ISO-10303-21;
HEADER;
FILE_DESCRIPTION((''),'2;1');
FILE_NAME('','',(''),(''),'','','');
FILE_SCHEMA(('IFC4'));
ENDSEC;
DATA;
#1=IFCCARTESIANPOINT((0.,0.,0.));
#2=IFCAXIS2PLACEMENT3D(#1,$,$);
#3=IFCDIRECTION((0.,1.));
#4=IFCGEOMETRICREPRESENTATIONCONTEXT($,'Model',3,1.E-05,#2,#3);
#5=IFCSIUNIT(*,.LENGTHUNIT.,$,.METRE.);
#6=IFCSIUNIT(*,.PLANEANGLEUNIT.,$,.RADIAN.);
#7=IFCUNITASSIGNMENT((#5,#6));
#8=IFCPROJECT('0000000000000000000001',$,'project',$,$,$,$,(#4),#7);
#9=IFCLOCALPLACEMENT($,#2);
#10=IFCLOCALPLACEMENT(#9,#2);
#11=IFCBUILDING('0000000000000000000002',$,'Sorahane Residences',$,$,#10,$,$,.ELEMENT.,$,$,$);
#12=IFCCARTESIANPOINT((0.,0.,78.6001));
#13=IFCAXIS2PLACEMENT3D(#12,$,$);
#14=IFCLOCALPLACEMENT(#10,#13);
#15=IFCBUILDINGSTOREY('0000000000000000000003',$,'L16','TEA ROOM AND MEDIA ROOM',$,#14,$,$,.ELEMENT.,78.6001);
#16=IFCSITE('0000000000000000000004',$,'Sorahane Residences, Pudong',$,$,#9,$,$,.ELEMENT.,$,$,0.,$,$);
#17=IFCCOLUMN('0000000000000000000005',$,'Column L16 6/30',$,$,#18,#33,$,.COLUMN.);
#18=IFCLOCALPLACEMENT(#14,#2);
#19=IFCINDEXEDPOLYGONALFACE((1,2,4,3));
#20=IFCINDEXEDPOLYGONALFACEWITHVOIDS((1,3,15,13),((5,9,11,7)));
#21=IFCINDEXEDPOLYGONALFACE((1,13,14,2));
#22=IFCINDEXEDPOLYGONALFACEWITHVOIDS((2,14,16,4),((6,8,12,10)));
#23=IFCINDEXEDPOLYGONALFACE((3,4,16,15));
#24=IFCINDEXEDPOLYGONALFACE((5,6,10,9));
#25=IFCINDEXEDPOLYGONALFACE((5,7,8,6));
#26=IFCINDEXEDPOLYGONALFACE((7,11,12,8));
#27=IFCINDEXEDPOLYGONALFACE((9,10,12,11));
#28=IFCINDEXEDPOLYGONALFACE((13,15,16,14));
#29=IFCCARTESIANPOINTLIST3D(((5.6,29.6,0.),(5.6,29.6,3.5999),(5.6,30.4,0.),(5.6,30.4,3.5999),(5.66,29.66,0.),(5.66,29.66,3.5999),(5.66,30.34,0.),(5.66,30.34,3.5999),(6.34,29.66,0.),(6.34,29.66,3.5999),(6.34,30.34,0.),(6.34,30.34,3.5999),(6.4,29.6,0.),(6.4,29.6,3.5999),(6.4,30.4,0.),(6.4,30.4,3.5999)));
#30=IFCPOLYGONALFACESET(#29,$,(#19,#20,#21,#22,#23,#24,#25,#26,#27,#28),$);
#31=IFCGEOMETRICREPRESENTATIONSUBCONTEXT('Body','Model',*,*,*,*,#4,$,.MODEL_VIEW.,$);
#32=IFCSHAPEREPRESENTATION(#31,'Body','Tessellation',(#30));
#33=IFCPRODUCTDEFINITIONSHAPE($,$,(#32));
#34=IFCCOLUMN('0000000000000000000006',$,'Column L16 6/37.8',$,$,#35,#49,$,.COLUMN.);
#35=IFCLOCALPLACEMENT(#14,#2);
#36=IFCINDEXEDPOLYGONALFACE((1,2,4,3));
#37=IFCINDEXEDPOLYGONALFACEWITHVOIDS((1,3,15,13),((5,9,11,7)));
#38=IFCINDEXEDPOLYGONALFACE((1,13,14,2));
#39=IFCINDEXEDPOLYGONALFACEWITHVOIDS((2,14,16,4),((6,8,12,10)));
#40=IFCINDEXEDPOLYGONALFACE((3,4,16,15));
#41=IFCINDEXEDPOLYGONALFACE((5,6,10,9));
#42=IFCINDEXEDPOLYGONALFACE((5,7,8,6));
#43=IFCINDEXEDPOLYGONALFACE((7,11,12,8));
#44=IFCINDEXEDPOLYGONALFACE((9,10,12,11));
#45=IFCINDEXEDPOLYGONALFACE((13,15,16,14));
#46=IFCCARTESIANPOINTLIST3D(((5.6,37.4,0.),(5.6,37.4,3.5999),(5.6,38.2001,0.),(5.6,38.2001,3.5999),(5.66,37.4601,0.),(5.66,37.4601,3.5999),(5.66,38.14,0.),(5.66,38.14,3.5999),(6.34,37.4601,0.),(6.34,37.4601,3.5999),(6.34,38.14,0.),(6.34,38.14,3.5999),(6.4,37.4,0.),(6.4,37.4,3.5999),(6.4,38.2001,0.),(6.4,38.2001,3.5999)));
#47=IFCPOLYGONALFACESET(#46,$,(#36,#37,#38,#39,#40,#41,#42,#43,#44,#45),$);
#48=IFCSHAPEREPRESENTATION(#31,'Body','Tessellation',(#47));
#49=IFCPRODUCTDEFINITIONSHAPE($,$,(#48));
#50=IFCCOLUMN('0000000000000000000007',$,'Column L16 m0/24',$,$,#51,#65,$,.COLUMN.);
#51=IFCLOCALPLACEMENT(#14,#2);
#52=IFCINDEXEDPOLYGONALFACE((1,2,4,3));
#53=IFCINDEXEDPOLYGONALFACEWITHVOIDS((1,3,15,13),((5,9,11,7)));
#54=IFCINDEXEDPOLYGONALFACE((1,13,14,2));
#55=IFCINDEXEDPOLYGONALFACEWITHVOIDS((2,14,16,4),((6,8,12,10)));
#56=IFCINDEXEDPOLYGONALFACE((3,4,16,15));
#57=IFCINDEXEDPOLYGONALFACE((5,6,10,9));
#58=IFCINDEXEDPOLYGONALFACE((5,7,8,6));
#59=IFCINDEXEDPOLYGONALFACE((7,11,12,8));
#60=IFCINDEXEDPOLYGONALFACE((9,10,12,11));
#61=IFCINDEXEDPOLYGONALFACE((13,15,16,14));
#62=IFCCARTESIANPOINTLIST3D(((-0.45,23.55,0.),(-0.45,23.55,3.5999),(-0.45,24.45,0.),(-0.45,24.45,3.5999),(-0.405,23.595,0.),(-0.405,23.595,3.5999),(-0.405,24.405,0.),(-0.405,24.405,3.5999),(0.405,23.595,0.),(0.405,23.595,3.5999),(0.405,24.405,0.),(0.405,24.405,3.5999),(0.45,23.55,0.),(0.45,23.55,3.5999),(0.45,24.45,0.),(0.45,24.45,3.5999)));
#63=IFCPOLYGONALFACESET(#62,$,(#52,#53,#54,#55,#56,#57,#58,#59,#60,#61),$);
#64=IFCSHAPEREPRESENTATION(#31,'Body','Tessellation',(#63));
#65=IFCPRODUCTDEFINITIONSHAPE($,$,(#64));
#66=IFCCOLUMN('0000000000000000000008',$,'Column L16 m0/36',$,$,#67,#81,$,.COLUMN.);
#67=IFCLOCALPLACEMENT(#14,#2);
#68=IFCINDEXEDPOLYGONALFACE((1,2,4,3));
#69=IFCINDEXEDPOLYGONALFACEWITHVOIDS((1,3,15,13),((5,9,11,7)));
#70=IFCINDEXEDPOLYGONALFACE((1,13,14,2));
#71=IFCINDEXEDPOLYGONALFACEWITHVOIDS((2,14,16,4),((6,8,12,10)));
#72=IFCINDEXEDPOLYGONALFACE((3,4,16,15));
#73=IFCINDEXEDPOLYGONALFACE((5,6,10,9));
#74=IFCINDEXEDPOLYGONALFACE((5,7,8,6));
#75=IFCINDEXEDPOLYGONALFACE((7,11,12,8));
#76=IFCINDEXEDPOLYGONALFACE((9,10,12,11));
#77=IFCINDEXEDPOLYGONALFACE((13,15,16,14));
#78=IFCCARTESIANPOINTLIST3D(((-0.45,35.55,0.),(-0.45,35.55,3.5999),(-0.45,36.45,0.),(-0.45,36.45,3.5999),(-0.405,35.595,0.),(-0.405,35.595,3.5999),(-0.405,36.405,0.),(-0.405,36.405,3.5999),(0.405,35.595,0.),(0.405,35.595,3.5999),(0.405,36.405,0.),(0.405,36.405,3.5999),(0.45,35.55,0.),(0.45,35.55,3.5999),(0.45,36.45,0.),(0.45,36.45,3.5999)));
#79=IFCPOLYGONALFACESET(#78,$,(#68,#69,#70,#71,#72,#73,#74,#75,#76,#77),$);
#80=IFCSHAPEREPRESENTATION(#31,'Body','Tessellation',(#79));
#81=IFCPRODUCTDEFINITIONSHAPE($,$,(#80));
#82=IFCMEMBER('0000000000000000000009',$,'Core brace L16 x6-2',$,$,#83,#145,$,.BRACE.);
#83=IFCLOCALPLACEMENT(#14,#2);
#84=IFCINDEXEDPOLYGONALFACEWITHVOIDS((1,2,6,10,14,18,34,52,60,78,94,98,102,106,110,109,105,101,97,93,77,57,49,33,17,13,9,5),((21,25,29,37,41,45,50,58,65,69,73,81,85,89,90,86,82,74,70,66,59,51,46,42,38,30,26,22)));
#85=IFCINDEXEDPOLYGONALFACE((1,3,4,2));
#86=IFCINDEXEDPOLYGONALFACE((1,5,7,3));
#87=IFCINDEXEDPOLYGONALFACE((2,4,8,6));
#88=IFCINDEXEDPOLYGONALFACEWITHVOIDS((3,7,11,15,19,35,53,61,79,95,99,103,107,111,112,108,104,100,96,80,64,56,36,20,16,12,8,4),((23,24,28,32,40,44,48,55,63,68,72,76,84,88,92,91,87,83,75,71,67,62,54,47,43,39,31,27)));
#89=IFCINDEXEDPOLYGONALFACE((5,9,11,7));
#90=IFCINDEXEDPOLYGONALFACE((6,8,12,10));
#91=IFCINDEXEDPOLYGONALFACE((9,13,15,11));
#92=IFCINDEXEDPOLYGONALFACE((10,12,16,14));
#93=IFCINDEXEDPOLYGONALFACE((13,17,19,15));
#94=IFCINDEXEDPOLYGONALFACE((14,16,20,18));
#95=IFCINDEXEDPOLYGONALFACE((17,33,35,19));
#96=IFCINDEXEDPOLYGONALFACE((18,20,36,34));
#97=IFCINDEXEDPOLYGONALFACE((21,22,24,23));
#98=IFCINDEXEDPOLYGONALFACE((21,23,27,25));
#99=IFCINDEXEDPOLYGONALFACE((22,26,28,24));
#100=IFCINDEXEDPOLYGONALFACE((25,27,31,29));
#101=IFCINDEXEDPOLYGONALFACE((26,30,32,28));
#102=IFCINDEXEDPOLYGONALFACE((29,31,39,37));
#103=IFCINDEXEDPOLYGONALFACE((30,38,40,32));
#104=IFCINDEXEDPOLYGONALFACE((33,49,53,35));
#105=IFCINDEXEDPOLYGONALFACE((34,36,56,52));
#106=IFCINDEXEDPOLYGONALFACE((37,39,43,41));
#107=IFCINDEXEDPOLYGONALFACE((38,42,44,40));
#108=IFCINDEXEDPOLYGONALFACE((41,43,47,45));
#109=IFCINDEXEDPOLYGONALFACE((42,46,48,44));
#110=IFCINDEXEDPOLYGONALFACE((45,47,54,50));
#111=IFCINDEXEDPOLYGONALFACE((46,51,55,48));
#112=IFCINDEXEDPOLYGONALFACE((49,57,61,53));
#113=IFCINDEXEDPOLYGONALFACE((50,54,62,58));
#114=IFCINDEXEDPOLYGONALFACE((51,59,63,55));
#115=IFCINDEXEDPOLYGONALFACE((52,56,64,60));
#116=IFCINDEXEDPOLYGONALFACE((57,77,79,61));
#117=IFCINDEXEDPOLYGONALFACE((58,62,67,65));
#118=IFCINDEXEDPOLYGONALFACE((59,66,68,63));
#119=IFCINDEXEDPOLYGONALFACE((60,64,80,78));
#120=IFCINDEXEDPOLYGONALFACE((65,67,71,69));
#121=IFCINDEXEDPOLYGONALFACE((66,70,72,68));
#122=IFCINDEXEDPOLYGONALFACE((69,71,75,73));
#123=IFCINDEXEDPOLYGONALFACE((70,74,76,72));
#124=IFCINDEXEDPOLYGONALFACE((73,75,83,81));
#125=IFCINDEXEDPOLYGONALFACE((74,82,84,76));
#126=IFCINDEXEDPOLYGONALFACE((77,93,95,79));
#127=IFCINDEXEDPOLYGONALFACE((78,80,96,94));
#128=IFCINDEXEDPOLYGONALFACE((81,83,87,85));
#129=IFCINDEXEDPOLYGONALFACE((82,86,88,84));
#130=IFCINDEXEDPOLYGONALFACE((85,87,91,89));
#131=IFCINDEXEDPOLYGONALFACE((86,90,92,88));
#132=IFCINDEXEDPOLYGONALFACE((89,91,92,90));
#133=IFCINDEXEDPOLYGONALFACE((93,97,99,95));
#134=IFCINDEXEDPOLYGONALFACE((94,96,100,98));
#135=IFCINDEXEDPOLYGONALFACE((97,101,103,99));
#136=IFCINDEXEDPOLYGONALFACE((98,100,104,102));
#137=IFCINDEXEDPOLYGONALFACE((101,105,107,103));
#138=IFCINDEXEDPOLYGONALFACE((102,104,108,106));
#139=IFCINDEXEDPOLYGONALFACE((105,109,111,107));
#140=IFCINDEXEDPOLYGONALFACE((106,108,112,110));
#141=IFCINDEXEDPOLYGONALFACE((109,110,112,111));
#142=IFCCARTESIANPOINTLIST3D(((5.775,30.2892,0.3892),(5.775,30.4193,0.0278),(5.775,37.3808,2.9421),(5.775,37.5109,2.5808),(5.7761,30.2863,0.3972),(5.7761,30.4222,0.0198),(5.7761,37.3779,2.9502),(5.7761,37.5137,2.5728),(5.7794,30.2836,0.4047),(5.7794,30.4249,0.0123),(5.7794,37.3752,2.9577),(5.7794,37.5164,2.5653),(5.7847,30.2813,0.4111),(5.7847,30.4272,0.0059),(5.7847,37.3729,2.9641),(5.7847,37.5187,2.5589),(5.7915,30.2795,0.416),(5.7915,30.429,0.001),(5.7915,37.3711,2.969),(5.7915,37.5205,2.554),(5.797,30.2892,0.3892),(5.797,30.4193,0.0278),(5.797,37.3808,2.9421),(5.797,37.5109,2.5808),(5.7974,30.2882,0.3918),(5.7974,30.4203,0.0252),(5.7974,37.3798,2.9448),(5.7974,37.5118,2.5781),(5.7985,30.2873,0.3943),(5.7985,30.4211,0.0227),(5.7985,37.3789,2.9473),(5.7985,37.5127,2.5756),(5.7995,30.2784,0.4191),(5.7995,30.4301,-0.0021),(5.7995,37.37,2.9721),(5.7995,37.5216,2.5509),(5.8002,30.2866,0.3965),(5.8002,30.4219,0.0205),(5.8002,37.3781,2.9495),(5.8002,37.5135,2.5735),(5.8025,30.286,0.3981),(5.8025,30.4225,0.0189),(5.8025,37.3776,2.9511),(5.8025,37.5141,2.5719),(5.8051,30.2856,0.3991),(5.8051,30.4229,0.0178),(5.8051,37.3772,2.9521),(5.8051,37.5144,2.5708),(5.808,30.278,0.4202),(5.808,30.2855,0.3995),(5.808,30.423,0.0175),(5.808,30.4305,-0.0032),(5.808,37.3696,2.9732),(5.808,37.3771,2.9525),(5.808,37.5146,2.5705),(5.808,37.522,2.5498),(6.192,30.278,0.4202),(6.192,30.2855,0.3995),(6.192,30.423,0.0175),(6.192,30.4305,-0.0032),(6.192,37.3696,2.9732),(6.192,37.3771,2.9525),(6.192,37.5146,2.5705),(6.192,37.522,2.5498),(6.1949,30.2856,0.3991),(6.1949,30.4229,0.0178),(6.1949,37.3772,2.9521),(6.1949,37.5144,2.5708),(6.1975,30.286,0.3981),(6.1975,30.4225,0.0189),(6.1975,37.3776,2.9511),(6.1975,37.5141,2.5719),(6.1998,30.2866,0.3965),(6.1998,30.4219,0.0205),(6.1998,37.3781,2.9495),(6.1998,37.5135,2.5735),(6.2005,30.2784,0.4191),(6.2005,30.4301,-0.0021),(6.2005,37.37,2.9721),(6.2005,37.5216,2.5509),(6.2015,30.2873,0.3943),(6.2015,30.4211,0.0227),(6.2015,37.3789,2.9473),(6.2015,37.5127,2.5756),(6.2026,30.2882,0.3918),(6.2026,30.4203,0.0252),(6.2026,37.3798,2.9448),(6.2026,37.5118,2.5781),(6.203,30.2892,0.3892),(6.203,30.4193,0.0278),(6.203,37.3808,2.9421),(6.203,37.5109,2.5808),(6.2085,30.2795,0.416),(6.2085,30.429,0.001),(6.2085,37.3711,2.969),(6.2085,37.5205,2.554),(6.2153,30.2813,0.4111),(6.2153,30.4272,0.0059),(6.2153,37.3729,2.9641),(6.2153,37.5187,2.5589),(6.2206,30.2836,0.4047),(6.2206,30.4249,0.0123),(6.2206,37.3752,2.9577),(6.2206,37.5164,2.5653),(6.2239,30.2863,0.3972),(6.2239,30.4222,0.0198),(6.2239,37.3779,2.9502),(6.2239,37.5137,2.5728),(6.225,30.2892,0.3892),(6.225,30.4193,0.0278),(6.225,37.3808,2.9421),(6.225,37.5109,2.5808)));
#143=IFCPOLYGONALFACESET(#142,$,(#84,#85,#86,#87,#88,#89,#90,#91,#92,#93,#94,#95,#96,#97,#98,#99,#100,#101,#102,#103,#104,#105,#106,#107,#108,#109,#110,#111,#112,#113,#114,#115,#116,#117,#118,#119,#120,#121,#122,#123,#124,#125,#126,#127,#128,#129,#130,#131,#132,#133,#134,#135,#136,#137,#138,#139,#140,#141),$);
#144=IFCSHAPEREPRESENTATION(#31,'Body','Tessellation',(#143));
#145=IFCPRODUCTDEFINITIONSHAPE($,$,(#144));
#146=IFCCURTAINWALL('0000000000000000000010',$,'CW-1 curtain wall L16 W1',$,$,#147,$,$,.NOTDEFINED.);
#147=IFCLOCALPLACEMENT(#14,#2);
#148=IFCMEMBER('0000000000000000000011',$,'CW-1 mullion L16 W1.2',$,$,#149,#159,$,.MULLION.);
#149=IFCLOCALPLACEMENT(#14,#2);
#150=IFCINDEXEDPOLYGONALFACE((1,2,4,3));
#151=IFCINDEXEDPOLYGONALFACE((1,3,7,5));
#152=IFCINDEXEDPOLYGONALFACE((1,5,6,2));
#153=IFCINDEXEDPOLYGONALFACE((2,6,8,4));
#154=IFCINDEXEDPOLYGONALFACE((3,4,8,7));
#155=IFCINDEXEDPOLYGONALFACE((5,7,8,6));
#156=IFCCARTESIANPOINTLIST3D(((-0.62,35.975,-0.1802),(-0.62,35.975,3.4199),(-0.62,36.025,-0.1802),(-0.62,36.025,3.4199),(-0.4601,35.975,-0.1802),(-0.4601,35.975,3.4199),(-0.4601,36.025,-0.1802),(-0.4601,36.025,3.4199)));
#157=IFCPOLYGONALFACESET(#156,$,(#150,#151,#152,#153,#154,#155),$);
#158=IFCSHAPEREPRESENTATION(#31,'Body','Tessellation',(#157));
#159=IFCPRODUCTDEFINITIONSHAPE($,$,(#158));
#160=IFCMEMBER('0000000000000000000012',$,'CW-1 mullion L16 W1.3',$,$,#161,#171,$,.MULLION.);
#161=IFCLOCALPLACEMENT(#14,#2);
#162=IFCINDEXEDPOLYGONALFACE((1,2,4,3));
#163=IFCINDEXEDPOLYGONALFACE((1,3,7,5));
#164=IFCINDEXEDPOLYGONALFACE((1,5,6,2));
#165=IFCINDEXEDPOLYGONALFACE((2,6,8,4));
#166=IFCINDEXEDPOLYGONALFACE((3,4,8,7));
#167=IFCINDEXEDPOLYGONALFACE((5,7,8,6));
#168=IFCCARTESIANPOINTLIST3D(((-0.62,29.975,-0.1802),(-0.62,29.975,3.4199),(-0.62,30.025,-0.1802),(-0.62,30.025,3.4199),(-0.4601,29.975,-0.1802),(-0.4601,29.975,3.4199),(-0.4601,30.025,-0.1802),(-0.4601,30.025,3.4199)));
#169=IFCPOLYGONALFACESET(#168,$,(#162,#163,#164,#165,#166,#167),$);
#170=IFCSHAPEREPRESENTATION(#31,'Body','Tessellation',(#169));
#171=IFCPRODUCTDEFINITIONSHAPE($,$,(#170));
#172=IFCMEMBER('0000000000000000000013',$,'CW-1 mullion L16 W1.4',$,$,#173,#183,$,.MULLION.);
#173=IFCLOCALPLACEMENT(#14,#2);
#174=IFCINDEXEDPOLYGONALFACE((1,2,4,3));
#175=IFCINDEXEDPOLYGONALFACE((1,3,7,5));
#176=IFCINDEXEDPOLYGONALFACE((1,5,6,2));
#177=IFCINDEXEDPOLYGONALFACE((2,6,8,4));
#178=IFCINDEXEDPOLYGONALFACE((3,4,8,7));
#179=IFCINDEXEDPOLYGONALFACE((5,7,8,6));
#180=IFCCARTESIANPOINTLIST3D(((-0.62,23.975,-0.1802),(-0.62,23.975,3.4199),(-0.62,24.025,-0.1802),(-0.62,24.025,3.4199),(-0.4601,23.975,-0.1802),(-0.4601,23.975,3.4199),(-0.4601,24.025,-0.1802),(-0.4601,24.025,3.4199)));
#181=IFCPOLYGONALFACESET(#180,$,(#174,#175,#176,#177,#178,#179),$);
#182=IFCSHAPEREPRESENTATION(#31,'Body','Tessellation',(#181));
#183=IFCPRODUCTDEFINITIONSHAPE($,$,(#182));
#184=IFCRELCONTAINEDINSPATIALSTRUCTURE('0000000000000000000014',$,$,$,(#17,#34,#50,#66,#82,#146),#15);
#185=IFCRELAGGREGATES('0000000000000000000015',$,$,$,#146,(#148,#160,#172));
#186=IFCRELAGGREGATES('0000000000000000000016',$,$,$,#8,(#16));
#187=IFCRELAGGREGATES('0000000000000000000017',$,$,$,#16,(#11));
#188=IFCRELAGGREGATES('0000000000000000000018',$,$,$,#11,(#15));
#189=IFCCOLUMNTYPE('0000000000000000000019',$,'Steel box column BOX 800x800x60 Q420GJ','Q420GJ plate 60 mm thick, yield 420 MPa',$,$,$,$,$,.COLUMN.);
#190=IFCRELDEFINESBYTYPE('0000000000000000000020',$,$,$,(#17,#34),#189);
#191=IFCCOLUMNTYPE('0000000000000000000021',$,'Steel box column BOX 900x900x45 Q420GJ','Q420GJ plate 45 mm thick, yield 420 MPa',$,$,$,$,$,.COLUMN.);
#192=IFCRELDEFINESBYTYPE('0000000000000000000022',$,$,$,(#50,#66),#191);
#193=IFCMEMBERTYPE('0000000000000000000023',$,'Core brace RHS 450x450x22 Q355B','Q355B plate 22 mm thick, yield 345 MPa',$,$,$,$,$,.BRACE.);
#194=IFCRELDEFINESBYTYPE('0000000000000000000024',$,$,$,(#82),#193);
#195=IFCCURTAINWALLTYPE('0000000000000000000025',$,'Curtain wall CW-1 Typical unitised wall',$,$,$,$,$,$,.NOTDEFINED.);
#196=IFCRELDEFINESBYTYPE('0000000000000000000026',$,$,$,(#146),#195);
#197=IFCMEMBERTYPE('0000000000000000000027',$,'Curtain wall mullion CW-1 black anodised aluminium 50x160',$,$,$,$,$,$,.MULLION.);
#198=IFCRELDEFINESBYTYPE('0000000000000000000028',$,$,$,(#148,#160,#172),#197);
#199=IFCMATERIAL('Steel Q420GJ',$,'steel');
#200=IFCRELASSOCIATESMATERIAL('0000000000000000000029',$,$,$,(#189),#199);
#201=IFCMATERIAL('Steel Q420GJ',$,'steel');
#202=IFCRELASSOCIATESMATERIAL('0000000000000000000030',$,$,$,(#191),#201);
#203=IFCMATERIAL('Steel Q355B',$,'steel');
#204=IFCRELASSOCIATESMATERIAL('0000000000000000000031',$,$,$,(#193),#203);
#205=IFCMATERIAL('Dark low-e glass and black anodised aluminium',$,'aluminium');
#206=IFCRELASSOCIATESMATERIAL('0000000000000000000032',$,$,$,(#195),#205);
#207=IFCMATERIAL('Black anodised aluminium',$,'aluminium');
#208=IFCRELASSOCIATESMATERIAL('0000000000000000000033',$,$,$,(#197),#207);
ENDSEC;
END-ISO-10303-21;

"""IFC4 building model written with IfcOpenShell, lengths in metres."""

from ifc_helpers import new_model, si_unit, direction, frame, origin, origin_2d, place, context, subcontext, project, spatial, rectangle, hollow_rectangle, extrude, material, material_profile, profile_set, type_object, element, aggregate, save


model = new_model("IFC4")

# Units and contexts
model_context = context("Model", 3, precision=1e-05, world=origin(), true_north=direction((0.0, 1.0)))
body_context = subcontext(model_context, "Body", "Model", "MODEL_VIEW")
ifc_project = project(units=[si_unit("LENGTHUNIT", "METRE"), si_unit("PLANEANGLEUNIT", "RADIAN")], contexts=[model_context])

# Site, building, storey
site_placement = place(None, origin())
site = spatial("IfcSite", under=ifc_project, at=site_placement, Name="Sorahane Residences, Pudong", CompositionType="ELEMENT", RefElevation=0.0)
building_placement = place(site_placement, origin())
building = spatial("IfcBuilding", under=site, at=building_placement, Name="Sorahane Residences", CompositionType="ELEMENT")
storey_placement = place(building_placement, frame((0.0, 0.0, 78.6001)))
storey = spatial("IfcBuildingStorey", under=building, at=storey_placement, Name="L16", Description="TEA ROOM AND MEDIA ROOM", CompositionType="ELEMENT", Elevation=78.6001)

# Columns
ifc_material_1 = material(Name="Steel Q420GJ", Category="steel")
ifc_material_profile_1 = material_profile(ifc_material_1, hollow_rectangle(XDim=0.8, YDim=0.8, WallThickness=0.0601, at=origin_2d()), Name="BOX 800x800x60")
ifc_profile_set_1 = profile_set([ifc_material_profile_1], Name="Steel Q420GJ")
column_type_1 = type_object("IfcColumnType", Name="Steel box column BOX 800x800x60 Q420GJ", Description="Q420GJ plate 60 mm thick, yield 420 MPa", PredefinedType="COLUMN", material=ifc_profile_set_1)
for number, where, z_axis, x_axis, name in (
    (1, (6.0, 30.0, 0.0), (0.0, 0.0, 1.0), (1.0, 0.0, 0.0), "Column L16 6/30"),
    (2, (6.0, 37.8, 0.0), (0.0, 0.0, 1.0), (1.0, 0.0, 0.0), "Column L16 6/37.8"),
):
    element("IfcColumn", number, at=place(storey_placement, frame(where, z_axis=z_axis, x_axis=x_axis)), inside=storey, type_object=column_type_1, Name=name, PredefinedType="COLUMN", context=body_context, shape_type="SweptSolid", body=[
        extrude(hollow_rectangle(XDim=0.8, YDim=0.8, WallThickness=0.0601, at=origin_2d()), origin(), (0.0, 0.0, 1.0), 3.5999),
    ])
ifc_material_2 = material(Name="Steel Q420GJ", Category="steel")
ifc_material_profile_2 = material_profile(ifc_material_2, hollow_rectangle(XDim=0.8999, YDim=0.8999, WallThickness=0.0449, at=origin_2d()), Name="BOX 900x900x45")
ifc_profile_set_2 = profile_set([ifc_material_profile_2], Name="Steel Q420GJ")
column_type_2 = type_object("IfcColumnType", Name="Steel box column BOX 900x900x45 Q420GJ", Description="Q420GJ plate 45 mm thick, yield 420 MPa", PredefinedType="COLUMN", material=ifc_profile_set_2)
for number, where, z_axis, x_axis, name in (
    (3, (0.0, 24.0, 0.0), (0.0, 0.0, 1.0), (1.0, 0.0, 0.0), "Column L16 m0/24"),
    (4, (0.0, 36.0, 0.0), (0.0, 0.0, 1.0), (1.0, 0.0, 0.0), "Column L16 m0/36"),
):
    element("IfcColumn", number, at=place(storey_placement, frame(where, z_axis=z_axis, x_axis=x_axis)), inside=storey, type_object=column_type_2, Name=name, PredefinedType="COLUMN", context=body_context, shape_type="SweptSolid", body=[
        extrude(hollow_rectangle(XDim=0.8999, YDim=0.8999, WallThickness=0.0449, at=origin_2d()), origin(), (0.0, 0.0, 1.0), 3.5999),
    ])

# Member
ifc_material_3 = material(Name="Steel Q355B", Category="steel")
ifc_material_profile_3 = material_profile(ifc_material_3, hollow_rectangle(XDim=0.45, YDim=0.45, WallThickness=0.022, InnerFilletRadius=0.011, OuterFilletRadius=0.033, at=origin_2d()), Name="RHS 450x450x22")
ifc_profile_set_3 = profile_set([ifc_material_profile_3], Name="Steel Q355B")
member_type_1 = type_object("IfcMemberType", Name="Core brace RHS 450x450x22 Q355B", Description="Q355B plate 22 mm thick, yield 345 MPa", PredefinedType="BRACE", material=ifc_profile_set_3)
member_1_placement = place(storey_placement, frame((6.0, 30.3542, 0.2085), z_axis=(0.0, 0.940887, 0.338722), x_axis=(-1.0, 0.0, 0.0)))
element("IfcMember", 5, at=member_1_placement, inside=storey, type_object=member_type_1, Name="Core brace L16 x6-2", PredefinedType="BRACE", context=body_context, shape_type="SweptSolid", body=[
    extrude(hollow_rectangle(XDim=0.45, YDim=0.45, WallThickness=0.022, InnerFilletRadius=0.011, OuterFilletRadius=0.033, at=origin_2d()), origin(), (0.0, 0.0, 1.0), 7.5371),
])

# Curtain wall, members
ifc_material_4 = material(Name="Dark low-e glass and black anodised aluminium", Category="aluminium")
curtain_wall_type = type_object("IfcCurtainWallType", Name="Curtain wall CW-1 Typical unitised wall", PredefinedType="NOTDEFINED", material=ifc_material_4)
curtain_wall_placement = place(storey_placement, origin())
curtain_wall = element("IfcCurtainWall", 6, at=curtain_wall_placement, inside=storey, type_object=curtain_wall_type, Name="CW-1 curtain wall L16 W1", PredefinedType="NOTDEFINED")
ifc_material_5 = material(Name="Black anodised aluminium", Category="aluminium")
ifc_material_profile_4 = material_profile(ifc_material_5, rectangle(XDim=0.1599, YDim=0.05, at=origin_2d()), Name="Curtain wall mullion CW-1 black anodised aluminium 50x160")
ifc_profile_set_4 = profile_set([ifc_material_profile_4], Name="Black anodised aluminium")
member_type_2 = type_object("IfcMemberType", Name="Curtain wall mullion CW-1 black anodised aluminium 50x160", PredefinedType="MULLION", material=ifc_profile_set_4)
member_2_placement = place(storey_placement, frame((-0.54, 36.0, -0.1802), z_axis=(0.0, 0.0, 1.0), x_axis=(-1.0, 0.0, 0.0)))
member_2 = element("IfcMember", 7, at=member_2_placement, type_object=member_type_2, Name="CW-1 mullion L16 W1.2", PredefinedType="MULLION", context=body_context, shape_type="SweptSolid", body=[
    extrude(rectangle(XDim=0.1599, YDim=0.05, at=origin_2d()), origin(), (0.0, 0.0, 1.0), 3.6001),
])
member_3_placement = place(storey_placement, frame((-0.54, 30.0, -0.1802), z_axis=(0.0, 0.0, 1.0), x_axis=(-1.0, 0.0, 0.0)))
member_3 = element("IfcMember", 8, at=member_3_placement, type_object=member_type_2, Name="CW-1 mullion L16 W1.3", PredefinedType="MULLION", context=body_context, shape_type="SweptSolid", body=[
    extrude(rectangle(XDim=0.1599, YDim=0.05, at=origin_2d()), origin(), (0.0, 0.0, 1.0), 3.6001),
])
member_4_placement = place(storey_placement, frame((-0.54, 24.0, -0.1802), z_axis=(0.0, 0.0, 1.0), x_axis=(-1.0, 0.0, 0.0)))
member_4 = element("IfcMember", 9, at=member_4_placement, type_object=member_type_2, Name="CW-1 mullion L16 W1.4", PredefinedType="MULLION", context=body_context, shape_type="SweptSolid", body=[
    extrude(rectangle(XDim=0.1599, YDim=0.05, at=origin_2d()), origin(), (0.0, 0.0, 1.0), 3.6001),
])

aggregate(curtain_wall, [member_2, member_3, member_4])

save(model, "model.ifc")
